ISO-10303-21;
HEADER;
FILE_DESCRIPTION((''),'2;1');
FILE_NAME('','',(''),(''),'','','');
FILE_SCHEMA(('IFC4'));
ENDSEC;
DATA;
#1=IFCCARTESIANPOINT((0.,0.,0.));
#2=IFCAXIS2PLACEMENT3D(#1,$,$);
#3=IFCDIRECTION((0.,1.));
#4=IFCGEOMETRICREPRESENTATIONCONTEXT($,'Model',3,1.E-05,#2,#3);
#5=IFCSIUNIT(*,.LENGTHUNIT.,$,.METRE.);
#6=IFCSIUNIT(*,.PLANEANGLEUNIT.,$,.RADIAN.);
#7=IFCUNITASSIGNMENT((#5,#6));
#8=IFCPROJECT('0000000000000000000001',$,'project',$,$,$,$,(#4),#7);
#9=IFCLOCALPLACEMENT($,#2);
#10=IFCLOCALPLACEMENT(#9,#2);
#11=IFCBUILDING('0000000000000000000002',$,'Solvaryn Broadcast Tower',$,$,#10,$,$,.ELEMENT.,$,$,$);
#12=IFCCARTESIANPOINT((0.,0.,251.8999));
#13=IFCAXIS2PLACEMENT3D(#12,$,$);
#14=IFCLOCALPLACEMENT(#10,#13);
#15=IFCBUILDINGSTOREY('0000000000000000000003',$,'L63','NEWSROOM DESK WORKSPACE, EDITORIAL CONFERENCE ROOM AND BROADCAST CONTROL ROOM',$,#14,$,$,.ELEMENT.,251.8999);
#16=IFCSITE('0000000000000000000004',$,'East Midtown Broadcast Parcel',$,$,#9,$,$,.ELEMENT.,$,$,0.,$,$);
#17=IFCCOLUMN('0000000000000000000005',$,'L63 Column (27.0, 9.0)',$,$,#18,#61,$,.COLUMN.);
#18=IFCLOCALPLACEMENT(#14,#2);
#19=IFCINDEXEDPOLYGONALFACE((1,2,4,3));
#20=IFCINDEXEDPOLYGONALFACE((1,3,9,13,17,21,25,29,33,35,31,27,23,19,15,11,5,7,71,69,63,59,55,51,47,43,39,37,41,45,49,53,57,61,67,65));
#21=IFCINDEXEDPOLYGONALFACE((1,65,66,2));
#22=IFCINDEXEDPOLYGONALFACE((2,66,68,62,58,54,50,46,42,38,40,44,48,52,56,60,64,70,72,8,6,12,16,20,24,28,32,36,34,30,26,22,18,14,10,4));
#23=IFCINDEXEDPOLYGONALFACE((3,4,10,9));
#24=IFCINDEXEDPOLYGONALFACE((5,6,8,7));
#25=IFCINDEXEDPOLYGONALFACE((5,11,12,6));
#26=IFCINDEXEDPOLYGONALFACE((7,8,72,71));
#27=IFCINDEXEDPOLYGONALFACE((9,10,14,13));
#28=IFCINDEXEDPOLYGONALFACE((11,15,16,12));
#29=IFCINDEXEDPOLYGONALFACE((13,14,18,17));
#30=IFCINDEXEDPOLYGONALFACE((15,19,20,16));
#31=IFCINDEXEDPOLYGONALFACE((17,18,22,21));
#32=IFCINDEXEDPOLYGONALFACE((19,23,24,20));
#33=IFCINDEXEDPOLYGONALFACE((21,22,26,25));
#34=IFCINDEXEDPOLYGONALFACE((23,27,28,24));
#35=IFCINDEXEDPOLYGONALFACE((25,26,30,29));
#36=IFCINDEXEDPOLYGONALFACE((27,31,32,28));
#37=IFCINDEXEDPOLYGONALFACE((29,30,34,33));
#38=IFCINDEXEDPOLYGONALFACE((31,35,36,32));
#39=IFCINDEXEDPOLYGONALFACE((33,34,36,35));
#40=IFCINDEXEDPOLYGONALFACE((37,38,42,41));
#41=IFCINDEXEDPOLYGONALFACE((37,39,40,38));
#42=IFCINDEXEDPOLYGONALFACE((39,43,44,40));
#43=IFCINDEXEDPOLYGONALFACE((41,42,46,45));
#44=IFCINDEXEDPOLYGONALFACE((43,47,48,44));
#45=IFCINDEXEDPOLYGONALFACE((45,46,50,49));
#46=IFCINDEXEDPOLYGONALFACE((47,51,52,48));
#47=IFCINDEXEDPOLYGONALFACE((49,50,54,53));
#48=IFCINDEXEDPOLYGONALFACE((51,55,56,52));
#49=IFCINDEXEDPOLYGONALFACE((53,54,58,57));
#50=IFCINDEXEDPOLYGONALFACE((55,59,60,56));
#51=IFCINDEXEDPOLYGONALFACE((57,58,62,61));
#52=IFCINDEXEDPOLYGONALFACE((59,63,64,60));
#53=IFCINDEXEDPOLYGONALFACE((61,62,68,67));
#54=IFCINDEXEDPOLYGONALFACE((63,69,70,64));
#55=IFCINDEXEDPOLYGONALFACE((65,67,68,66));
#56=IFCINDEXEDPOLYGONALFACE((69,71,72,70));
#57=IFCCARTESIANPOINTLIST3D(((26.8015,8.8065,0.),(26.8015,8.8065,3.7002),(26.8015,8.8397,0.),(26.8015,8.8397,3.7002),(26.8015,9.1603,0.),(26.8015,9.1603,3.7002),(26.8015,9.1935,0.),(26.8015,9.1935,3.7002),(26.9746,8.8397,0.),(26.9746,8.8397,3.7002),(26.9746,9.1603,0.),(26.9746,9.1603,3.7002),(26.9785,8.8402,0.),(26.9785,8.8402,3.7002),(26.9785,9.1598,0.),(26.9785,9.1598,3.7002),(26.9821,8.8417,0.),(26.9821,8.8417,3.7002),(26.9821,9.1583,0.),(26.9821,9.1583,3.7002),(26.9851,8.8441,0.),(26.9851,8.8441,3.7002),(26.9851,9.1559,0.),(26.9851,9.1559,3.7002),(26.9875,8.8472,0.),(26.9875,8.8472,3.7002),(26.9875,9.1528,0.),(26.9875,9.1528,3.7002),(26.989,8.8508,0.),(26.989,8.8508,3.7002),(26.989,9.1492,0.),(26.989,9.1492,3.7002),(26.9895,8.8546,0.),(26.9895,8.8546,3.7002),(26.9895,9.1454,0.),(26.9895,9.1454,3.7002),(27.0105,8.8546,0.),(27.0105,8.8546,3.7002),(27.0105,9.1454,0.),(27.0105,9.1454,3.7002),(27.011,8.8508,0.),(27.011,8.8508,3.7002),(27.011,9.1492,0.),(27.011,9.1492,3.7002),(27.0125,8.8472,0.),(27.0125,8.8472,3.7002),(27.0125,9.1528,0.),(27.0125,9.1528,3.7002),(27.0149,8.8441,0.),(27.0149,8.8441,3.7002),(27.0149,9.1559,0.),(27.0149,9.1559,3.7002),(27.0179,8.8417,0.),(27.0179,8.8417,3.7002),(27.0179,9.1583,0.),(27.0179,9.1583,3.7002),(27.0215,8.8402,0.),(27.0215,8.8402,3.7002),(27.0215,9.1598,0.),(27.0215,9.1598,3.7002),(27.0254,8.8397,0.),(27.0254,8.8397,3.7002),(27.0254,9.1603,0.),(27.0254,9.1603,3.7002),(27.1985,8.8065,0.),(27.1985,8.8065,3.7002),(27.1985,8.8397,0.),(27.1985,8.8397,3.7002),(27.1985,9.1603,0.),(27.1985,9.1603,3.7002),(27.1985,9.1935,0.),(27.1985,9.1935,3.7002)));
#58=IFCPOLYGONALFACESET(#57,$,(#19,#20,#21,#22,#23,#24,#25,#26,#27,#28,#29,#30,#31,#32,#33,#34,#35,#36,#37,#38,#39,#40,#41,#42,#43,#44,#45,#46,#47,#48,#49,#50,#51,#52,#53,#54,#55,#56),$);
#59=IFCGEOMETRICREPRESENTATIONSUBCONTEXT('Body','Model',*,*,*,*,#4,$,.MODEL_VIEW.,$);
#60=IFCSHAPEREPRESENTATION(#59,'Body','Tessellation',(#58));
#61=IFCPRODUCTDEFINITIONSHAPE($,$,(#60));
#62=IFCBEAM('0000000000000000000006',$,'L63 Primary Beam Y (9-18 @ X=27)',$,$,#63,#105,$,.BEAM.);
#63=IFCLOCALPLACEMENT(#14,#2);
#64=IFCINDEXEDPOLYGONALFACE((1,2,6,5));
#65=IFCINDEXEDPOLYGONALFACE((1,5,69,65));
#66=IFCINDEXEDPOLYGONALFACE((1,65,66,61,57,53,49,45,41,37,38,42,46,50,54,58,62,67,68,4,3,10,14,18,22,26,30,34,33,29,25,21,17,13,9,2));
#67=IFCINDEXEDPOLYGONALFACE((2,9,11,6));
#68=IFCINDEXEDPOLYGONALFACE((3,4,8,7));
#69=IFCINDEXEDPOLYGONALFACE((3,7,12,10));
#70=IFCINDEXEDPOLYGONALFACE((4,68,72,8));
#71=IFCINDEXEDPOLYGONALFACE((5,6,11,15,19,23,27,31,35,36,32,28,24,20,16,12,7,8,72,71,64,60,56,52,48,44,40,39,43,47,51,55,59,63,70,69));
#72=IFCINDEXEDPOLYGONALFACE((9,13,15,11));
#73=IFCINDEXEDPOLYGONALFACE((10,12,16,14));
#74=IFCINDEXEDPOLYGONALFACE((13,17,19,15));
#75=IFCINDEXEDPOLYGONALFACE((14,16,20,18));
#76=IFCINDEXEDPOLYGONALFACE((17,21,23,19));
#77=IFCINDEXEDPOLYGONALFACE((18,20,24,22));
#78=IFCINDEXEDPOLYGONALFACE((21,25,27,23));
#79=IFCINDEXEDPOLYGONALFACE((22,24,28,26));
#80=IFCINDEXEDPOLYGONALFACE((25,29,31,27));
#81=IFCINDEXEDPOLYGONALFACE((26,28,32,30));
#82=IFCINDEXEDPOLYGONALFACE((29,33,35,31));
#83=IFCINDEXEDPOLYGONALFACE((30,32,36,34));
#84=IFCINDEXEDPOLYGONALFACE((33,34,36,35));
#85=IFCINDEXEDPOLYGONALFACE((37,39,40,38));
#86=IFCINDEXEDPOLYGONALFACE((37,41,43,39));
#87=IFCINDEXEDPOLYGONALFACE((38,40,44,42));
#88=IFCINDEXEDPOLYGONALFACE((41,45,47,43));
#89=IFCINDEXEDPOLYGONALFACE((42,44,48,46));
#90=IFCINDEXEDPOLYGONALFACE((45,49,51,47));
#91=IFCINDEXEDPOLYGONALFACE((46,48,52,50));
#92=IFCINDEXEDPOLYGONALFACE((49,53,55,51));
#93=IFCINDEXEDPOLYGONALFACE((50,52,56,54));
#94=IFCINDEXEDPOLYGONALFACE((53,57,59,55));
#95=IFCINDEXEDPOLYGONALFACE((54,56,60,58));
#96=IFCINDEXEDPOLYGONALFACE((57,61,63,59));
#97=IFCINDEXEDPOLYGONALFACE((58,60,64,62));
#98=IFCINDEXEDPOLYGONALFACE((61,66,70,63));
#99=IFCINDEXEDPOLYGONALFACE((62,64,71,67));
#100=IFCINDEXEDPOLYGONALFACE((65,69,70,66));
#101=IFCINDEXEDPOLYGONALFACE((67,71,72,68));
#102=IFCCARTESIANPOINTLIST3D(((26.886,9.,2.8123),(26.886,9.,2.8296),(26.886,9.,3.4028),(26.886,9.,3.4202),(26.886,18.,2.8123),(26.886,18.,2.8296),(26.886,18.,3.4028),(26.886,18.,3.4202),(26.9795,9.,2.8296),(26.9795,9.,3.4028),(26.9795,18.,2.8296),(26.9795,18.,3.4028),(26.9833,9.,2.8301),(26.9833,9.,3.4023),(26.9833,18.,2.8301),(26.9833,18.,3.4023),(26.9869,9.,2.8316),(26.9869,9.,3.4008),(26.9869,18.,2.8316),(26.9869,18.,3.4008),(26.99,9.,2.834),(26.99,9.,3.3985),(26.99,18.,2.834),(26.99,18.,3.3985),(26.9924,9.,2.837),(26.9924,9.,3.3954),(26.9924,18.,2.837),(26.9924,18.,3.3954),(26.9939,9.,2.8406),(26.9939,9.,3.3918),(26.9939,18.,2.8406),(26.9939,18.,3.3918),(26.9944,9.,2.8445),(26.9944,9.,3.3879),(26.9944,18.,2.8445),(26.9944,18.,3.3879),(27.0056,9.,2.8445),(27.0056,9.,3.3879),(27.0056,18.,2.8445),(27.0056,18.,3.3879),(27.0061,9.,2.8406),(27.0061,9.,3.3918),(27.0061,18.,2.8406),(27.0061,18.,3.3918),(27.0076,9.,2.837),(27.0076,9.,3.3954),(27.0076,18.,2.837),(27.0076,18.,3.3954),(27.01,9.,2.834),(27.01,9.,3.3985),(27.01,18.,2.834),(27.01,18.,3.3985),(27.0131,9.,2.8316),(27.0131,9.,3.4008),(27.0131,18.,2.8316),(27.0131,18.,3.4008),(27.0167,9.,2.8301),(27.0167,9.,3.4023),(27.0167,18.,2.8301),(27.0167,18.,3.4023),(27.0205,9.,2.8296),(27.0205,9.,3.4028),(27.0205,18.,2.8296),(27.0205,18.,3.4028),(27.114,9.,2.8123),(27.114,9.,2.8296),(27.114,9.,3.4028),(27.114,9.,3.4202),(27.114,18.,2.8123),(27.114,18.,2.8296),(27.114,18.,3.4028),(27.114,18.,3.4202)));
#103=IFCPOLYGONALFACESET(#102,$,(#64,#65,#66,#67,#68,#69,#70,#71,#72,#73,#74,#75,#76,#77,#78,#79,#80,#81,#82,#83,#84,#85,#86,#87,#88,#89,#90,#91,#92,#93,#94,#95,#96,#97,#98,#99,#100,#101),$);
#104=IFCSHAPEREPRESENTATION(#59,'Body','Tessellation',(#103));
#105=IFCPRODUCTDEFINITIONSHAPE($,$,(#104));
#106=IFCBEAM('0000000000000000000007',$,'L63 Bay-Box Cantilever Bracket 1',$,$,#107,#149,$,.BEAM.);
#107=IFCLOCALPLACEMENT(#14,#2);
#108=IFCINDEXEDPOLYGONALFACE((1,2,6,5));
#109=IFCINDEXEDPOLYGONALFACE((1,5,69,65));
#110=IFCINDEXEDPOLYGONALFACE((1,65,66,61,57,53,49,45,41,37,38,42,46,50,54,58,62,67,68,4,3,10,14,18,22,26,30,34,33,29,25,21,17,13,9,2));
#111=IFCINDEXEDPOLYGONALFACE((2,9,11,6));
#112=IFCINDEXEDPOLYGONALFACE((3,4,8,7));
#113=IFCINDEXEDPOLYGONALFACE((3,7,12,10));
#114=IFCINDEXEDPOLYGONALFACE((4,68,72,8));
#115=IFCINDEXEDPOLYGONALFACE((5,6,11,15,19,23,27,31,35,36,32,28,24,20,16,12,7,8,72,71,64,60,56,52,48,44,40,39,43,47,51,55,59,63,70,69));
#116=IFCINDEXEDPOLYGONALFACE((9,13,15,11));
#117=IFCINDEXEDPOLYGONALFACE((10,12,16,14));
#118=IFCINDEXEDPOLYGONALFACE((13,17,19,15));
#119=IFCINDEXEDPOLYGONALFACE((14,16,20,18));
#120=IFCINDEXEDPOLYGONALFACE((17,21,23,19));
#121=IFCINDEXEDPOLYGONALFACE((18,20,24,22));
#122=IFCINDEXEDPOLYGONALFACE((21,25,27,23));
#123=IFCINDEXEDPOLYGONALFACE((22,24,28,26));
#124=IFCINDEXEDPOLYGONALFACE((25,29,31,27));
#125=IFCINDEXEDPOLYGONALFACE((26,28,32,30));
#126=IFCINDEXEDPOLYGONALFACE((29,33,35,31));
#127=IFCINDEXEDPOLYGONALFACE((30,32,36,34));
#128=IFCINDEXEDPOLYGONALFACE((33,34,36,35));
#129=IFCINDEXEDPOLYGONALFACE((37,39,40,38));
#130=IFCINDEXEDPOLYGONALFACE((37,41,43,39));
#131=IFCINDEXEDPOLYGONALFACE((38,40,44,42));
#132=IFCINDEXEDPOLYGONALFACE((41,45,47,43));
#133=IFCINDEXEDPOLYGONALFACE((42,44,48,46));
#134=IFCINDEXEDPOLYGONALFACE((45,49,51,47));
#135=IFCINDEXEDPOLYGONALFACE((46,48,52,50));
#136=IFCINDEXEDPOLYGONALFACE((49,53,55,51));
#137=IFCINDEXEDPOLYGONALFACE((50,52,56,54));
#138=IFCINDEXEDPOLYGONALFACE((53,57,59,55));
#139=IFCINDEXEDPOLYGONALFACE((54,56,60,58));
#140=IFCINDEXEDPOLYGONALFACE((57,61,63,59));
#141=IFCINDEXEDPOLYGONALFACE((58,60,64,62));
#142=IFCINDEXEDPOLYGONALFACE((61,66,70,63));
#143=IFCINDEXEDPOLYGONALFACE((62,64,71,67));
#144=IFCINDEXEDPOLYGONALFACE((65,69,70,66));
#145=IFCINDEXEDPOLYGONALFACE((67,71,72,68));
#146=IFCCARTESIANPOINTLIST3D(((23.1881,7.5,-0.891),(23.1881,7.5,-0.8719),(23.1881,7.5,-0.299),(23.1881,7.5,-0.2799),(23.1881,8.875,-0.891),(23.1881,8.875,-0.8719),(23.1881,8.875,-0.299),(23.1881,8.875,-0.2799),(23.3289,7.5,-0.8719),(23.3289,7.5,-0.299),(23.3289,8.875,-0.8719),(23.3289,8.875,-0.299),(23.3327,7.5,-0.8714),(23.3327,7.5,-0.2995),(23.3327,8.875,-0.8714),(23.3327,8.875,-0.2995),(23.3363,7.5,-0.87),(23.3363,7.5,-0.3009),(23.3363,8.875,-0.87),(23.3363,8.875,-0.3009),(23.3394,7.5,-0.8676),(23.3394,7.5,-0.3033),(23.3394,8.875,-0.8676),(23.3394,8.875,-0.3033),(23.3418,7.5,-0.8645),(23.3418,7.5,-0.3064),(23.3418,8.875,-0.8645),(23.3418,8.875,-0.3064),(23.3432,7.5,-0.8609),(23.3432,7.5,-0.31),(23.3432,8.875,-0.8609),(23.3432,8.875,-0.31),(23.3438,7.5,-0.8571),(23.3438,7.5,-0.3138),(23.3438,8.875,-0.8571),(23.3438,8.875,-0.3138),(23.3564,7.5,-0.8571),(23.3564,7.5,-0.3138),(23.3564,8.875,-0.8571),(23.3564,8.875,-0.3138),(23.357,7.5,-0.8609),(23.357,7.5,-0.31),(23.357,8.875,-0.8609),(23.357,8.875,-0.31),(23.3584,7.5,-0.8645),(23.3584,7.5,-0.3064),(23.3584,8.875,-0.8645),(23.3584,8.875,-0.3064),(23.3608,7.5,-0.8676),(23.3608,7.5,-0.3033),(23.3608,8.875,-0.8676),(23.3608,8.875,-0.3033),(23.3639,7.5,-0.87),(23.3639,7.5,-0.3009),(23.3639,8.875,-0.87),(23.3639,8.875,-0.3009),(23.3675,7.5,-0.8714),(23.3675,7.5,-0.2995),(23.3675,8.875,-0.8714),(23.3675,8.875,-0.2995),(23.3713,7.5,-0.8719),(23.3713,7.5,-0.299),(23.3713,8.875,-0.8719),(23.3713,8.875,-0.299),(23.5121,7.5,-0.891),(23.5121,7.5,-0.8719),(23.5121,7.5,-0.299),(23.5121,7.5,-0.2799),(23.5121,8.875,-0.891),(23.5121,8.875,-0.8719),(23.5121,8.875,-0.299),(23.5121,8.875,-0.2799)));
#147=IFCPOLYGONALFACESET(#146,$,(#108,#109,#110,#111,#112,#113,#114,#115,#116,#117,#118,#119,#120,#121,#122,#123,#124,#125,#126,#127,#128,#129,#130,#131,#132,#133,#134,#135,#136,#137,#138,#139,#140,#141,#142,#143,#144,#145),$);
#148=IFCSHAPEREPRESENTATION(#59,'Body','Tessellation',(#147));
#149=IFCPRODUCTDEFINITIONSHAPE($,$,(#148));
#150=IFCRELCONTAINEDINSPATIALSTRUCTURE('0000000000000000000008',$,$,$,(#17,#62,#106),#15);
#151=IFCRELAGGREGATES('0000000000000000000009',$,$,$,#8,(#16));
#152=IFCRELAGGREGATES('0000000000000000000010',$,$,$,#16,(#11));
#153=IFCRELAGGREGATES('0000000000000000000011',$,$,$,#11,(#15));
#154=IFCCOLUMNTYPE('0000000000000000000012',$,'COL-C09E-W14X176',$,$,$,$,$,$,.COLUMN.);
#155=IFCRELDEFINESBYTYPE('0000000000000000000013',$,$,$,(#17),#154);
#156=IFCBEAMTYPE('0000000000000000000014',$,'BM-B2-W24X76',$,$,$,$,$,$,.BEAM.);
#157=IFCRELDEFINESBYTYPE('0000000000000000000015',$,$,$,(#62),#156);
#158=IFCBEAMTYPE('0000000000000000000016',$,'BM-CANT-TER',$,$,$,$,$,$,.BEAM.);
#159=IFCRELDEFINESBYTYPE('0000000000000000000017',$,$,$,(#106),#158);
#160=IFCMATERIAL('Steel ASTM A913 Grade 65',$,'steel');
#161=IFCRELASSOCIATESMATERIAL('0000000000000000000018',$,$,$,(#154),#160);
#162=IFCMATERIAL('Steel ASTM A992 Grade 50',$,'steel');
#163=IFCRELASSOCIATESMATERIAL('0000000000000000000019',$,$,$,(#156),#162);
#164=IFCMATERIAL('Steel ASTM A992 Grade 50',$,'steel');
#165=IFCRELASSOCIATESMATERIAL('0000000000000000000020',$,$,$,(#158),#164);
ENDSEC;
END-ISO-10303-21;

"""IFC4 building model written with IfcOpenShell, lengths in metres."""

from ifc_helpers import new_model, si_unit, direction, frame, origin, origin_2d, place, context, subcontext, project, spatial, i_section, extrude, material, material_profile, profile_set, type_object, element, save


model = new_model("IFC4")

# Units and contexts
model_context = context("Model", 3, precision=1e-05, world=origin(), true_north=direction((0.0, 1.0)))
body_context = subcontext(model_context, "Body", "Model", "MODEL_VIEW")
ifc_project = project(units=[si_unit("LENGTHUNIT", "METRE"), si_unit("PLANEANGLEUNIT", "RADIAN")], contexts=[model_context])

# Site, building, storey
site_placement = place(None, origin())
site = spatial("IfcSite", under=ifc_project, at=site_placement, Name="East Midtown Broadcast Parcel", CompositionType="ELEMENT", RefElevation=0.0)
building_placement = place(site_placement, origin())
building = spatial("IfcBuilding", under=site, at=building_placement, Name="Solvaryn Broadcast Tower", CompositionType="ELEMENT")
storey_placement = place(building_placement, frame((0.0, 0.0, 251.8999)))
storey = spatial("IfcBuildingStorey", under=building, at=storey_placement, Name="L63", Description="NEWSROOM DESK WORKSPACE, EDITORIAL CONFERENCE ROOM AND BROADCAST CONTROL ROOM", CompositionType="ELEMENT", Elevation=251.8999)

# Column
ifc_material_1 = material(Name="Steel ASTM A913 Grade 65", Category="steel")
ifc_material_profile_1 = material_profile(ifc_material_1, i_section(OverallWidth=0.397, OverallDepth=0.387, WebThickness=0.021, FlangeThickness=0.0332, FilletRadius=0.0149, at=origin_2d()))
ifc_profile_set_1 = profile_set([ifc_material_profile_1], Name="Steel ASTM A913 Grade 65")
column_type = type_object("IfcColumnType", Name="COL-C09E-W14X176", PredefinedType="COLUMN", material=ifc_profile_set_1)
column_placement = place(storey_placement, frame((27.0, 9.0, 0.0), z_axis=(0.0, 0.0, 1.0), x_axis=(1.0, 0.0, 0.0)))
element("IfcColumn", 1, at=column_placement, inside=storey, type_object=column_type, Name="L63 Column (27.0, 9.0)", PredefinedType="COLUMN", context=body_context, shape_type="SweptSolid", body=[
    extrude(i_section(OverallWidth=0.397, OverallDepth=0.387, WebThickness=0.021, FlangeThickness=0.0332, FilletRadius=0.0149, at=origin_2d()), origin(), (0.0, 0.0, 1.0), 3.7002),
])

# Beams
ifc_material_2 = material(Name="Steel ASTM A992 Grade 50", Category="steel")
ifc_material_profile_2 = material_profile(ifc_material_2, i_section(OverallWidth=0.228, OverallDepth=0.6079, WebThickness=0.0112, FlangeThickness=0.0173, FilletRadius=0.0149, at=origin_2d()))
ifc_profile_set_2 = profile_set([ifc_material_profile_2], Name="Steel ASTM A992 Grade 50")
beam_type_1 = type_object("IfcBeamType", Name="BM-B2-W24X76", PredefinedType="BEAM", material=ifc_profile_set_2)
beam_1_placement = place(storey_placement, frame((27.0, 9.0, 3.1162), z_axis=(0.0, 1.0, 0.0), x_axis=(-1.0, 0.0, 0.0)))
element("IfcBeam", 2, at=beam_1_placement, inside=storey, type_object=beam_type_1, Name="L63 Primary Beam Y (9-18 @ X=27)", PredefinedType="BEAM", context=body_context, shape_type="SweptSolid", body=[
    extrude(i_section(OverallWidth=0.228, OverallDepth=0.6079, WebThickness=0.0112, FlangeThickness=0.0173, FilletRadius=0.0149, at=origin_2d()), origin(), (0.0, 0.0, 1.0), 9.0),
])
ifc_material_3 = material(Name="Steel ASTM A992 Grade 50", Category="steel")
ifc_material_profile_3 = material_profile(ifc_material_3, i_section(OverallWidth=0.324, OverallDepth=0.6111, WebThickness=0.0127, FlangeThickness=0.019, FilletRadius=0.0149, at=origin_2d()))
ifc_profile_set_3 = profile_set([ifc_material_profile_3], Name="Steel ASTM A992 Grade 50")
beam_type_2 = type_object("IfcBeamType", Name="BM-CANT-TER", PredefinedType="BEAM", material=ifc_profile_set_3)
beam_2_placement = place(storey_placement, frame((23.3501, 8.875, -0.5854), z_axis=(0.0, -1.0, 0.0), x_axis=(1.0, 0.0, 0.0)))
element("IfcBeam", 3, at=beam_2_placement, inside=storey, type_object=beam_type_2, Name="L63 Bay-Box Cantilever Bracket 1", PredefinedType="BEAM", context=body_context, shape_type="SweptSolid", body=[
    extrude(i_section(OverallWidth=0.324, OverallDepth=0.6111, WebThickness=0.0127, FlangeThickness=0.019, FilletRadius=0.0149, at=origin_2d()), origin(), (0.0, 0.0, 1.0), 1.375),
])

save(model, "model.ifc")
